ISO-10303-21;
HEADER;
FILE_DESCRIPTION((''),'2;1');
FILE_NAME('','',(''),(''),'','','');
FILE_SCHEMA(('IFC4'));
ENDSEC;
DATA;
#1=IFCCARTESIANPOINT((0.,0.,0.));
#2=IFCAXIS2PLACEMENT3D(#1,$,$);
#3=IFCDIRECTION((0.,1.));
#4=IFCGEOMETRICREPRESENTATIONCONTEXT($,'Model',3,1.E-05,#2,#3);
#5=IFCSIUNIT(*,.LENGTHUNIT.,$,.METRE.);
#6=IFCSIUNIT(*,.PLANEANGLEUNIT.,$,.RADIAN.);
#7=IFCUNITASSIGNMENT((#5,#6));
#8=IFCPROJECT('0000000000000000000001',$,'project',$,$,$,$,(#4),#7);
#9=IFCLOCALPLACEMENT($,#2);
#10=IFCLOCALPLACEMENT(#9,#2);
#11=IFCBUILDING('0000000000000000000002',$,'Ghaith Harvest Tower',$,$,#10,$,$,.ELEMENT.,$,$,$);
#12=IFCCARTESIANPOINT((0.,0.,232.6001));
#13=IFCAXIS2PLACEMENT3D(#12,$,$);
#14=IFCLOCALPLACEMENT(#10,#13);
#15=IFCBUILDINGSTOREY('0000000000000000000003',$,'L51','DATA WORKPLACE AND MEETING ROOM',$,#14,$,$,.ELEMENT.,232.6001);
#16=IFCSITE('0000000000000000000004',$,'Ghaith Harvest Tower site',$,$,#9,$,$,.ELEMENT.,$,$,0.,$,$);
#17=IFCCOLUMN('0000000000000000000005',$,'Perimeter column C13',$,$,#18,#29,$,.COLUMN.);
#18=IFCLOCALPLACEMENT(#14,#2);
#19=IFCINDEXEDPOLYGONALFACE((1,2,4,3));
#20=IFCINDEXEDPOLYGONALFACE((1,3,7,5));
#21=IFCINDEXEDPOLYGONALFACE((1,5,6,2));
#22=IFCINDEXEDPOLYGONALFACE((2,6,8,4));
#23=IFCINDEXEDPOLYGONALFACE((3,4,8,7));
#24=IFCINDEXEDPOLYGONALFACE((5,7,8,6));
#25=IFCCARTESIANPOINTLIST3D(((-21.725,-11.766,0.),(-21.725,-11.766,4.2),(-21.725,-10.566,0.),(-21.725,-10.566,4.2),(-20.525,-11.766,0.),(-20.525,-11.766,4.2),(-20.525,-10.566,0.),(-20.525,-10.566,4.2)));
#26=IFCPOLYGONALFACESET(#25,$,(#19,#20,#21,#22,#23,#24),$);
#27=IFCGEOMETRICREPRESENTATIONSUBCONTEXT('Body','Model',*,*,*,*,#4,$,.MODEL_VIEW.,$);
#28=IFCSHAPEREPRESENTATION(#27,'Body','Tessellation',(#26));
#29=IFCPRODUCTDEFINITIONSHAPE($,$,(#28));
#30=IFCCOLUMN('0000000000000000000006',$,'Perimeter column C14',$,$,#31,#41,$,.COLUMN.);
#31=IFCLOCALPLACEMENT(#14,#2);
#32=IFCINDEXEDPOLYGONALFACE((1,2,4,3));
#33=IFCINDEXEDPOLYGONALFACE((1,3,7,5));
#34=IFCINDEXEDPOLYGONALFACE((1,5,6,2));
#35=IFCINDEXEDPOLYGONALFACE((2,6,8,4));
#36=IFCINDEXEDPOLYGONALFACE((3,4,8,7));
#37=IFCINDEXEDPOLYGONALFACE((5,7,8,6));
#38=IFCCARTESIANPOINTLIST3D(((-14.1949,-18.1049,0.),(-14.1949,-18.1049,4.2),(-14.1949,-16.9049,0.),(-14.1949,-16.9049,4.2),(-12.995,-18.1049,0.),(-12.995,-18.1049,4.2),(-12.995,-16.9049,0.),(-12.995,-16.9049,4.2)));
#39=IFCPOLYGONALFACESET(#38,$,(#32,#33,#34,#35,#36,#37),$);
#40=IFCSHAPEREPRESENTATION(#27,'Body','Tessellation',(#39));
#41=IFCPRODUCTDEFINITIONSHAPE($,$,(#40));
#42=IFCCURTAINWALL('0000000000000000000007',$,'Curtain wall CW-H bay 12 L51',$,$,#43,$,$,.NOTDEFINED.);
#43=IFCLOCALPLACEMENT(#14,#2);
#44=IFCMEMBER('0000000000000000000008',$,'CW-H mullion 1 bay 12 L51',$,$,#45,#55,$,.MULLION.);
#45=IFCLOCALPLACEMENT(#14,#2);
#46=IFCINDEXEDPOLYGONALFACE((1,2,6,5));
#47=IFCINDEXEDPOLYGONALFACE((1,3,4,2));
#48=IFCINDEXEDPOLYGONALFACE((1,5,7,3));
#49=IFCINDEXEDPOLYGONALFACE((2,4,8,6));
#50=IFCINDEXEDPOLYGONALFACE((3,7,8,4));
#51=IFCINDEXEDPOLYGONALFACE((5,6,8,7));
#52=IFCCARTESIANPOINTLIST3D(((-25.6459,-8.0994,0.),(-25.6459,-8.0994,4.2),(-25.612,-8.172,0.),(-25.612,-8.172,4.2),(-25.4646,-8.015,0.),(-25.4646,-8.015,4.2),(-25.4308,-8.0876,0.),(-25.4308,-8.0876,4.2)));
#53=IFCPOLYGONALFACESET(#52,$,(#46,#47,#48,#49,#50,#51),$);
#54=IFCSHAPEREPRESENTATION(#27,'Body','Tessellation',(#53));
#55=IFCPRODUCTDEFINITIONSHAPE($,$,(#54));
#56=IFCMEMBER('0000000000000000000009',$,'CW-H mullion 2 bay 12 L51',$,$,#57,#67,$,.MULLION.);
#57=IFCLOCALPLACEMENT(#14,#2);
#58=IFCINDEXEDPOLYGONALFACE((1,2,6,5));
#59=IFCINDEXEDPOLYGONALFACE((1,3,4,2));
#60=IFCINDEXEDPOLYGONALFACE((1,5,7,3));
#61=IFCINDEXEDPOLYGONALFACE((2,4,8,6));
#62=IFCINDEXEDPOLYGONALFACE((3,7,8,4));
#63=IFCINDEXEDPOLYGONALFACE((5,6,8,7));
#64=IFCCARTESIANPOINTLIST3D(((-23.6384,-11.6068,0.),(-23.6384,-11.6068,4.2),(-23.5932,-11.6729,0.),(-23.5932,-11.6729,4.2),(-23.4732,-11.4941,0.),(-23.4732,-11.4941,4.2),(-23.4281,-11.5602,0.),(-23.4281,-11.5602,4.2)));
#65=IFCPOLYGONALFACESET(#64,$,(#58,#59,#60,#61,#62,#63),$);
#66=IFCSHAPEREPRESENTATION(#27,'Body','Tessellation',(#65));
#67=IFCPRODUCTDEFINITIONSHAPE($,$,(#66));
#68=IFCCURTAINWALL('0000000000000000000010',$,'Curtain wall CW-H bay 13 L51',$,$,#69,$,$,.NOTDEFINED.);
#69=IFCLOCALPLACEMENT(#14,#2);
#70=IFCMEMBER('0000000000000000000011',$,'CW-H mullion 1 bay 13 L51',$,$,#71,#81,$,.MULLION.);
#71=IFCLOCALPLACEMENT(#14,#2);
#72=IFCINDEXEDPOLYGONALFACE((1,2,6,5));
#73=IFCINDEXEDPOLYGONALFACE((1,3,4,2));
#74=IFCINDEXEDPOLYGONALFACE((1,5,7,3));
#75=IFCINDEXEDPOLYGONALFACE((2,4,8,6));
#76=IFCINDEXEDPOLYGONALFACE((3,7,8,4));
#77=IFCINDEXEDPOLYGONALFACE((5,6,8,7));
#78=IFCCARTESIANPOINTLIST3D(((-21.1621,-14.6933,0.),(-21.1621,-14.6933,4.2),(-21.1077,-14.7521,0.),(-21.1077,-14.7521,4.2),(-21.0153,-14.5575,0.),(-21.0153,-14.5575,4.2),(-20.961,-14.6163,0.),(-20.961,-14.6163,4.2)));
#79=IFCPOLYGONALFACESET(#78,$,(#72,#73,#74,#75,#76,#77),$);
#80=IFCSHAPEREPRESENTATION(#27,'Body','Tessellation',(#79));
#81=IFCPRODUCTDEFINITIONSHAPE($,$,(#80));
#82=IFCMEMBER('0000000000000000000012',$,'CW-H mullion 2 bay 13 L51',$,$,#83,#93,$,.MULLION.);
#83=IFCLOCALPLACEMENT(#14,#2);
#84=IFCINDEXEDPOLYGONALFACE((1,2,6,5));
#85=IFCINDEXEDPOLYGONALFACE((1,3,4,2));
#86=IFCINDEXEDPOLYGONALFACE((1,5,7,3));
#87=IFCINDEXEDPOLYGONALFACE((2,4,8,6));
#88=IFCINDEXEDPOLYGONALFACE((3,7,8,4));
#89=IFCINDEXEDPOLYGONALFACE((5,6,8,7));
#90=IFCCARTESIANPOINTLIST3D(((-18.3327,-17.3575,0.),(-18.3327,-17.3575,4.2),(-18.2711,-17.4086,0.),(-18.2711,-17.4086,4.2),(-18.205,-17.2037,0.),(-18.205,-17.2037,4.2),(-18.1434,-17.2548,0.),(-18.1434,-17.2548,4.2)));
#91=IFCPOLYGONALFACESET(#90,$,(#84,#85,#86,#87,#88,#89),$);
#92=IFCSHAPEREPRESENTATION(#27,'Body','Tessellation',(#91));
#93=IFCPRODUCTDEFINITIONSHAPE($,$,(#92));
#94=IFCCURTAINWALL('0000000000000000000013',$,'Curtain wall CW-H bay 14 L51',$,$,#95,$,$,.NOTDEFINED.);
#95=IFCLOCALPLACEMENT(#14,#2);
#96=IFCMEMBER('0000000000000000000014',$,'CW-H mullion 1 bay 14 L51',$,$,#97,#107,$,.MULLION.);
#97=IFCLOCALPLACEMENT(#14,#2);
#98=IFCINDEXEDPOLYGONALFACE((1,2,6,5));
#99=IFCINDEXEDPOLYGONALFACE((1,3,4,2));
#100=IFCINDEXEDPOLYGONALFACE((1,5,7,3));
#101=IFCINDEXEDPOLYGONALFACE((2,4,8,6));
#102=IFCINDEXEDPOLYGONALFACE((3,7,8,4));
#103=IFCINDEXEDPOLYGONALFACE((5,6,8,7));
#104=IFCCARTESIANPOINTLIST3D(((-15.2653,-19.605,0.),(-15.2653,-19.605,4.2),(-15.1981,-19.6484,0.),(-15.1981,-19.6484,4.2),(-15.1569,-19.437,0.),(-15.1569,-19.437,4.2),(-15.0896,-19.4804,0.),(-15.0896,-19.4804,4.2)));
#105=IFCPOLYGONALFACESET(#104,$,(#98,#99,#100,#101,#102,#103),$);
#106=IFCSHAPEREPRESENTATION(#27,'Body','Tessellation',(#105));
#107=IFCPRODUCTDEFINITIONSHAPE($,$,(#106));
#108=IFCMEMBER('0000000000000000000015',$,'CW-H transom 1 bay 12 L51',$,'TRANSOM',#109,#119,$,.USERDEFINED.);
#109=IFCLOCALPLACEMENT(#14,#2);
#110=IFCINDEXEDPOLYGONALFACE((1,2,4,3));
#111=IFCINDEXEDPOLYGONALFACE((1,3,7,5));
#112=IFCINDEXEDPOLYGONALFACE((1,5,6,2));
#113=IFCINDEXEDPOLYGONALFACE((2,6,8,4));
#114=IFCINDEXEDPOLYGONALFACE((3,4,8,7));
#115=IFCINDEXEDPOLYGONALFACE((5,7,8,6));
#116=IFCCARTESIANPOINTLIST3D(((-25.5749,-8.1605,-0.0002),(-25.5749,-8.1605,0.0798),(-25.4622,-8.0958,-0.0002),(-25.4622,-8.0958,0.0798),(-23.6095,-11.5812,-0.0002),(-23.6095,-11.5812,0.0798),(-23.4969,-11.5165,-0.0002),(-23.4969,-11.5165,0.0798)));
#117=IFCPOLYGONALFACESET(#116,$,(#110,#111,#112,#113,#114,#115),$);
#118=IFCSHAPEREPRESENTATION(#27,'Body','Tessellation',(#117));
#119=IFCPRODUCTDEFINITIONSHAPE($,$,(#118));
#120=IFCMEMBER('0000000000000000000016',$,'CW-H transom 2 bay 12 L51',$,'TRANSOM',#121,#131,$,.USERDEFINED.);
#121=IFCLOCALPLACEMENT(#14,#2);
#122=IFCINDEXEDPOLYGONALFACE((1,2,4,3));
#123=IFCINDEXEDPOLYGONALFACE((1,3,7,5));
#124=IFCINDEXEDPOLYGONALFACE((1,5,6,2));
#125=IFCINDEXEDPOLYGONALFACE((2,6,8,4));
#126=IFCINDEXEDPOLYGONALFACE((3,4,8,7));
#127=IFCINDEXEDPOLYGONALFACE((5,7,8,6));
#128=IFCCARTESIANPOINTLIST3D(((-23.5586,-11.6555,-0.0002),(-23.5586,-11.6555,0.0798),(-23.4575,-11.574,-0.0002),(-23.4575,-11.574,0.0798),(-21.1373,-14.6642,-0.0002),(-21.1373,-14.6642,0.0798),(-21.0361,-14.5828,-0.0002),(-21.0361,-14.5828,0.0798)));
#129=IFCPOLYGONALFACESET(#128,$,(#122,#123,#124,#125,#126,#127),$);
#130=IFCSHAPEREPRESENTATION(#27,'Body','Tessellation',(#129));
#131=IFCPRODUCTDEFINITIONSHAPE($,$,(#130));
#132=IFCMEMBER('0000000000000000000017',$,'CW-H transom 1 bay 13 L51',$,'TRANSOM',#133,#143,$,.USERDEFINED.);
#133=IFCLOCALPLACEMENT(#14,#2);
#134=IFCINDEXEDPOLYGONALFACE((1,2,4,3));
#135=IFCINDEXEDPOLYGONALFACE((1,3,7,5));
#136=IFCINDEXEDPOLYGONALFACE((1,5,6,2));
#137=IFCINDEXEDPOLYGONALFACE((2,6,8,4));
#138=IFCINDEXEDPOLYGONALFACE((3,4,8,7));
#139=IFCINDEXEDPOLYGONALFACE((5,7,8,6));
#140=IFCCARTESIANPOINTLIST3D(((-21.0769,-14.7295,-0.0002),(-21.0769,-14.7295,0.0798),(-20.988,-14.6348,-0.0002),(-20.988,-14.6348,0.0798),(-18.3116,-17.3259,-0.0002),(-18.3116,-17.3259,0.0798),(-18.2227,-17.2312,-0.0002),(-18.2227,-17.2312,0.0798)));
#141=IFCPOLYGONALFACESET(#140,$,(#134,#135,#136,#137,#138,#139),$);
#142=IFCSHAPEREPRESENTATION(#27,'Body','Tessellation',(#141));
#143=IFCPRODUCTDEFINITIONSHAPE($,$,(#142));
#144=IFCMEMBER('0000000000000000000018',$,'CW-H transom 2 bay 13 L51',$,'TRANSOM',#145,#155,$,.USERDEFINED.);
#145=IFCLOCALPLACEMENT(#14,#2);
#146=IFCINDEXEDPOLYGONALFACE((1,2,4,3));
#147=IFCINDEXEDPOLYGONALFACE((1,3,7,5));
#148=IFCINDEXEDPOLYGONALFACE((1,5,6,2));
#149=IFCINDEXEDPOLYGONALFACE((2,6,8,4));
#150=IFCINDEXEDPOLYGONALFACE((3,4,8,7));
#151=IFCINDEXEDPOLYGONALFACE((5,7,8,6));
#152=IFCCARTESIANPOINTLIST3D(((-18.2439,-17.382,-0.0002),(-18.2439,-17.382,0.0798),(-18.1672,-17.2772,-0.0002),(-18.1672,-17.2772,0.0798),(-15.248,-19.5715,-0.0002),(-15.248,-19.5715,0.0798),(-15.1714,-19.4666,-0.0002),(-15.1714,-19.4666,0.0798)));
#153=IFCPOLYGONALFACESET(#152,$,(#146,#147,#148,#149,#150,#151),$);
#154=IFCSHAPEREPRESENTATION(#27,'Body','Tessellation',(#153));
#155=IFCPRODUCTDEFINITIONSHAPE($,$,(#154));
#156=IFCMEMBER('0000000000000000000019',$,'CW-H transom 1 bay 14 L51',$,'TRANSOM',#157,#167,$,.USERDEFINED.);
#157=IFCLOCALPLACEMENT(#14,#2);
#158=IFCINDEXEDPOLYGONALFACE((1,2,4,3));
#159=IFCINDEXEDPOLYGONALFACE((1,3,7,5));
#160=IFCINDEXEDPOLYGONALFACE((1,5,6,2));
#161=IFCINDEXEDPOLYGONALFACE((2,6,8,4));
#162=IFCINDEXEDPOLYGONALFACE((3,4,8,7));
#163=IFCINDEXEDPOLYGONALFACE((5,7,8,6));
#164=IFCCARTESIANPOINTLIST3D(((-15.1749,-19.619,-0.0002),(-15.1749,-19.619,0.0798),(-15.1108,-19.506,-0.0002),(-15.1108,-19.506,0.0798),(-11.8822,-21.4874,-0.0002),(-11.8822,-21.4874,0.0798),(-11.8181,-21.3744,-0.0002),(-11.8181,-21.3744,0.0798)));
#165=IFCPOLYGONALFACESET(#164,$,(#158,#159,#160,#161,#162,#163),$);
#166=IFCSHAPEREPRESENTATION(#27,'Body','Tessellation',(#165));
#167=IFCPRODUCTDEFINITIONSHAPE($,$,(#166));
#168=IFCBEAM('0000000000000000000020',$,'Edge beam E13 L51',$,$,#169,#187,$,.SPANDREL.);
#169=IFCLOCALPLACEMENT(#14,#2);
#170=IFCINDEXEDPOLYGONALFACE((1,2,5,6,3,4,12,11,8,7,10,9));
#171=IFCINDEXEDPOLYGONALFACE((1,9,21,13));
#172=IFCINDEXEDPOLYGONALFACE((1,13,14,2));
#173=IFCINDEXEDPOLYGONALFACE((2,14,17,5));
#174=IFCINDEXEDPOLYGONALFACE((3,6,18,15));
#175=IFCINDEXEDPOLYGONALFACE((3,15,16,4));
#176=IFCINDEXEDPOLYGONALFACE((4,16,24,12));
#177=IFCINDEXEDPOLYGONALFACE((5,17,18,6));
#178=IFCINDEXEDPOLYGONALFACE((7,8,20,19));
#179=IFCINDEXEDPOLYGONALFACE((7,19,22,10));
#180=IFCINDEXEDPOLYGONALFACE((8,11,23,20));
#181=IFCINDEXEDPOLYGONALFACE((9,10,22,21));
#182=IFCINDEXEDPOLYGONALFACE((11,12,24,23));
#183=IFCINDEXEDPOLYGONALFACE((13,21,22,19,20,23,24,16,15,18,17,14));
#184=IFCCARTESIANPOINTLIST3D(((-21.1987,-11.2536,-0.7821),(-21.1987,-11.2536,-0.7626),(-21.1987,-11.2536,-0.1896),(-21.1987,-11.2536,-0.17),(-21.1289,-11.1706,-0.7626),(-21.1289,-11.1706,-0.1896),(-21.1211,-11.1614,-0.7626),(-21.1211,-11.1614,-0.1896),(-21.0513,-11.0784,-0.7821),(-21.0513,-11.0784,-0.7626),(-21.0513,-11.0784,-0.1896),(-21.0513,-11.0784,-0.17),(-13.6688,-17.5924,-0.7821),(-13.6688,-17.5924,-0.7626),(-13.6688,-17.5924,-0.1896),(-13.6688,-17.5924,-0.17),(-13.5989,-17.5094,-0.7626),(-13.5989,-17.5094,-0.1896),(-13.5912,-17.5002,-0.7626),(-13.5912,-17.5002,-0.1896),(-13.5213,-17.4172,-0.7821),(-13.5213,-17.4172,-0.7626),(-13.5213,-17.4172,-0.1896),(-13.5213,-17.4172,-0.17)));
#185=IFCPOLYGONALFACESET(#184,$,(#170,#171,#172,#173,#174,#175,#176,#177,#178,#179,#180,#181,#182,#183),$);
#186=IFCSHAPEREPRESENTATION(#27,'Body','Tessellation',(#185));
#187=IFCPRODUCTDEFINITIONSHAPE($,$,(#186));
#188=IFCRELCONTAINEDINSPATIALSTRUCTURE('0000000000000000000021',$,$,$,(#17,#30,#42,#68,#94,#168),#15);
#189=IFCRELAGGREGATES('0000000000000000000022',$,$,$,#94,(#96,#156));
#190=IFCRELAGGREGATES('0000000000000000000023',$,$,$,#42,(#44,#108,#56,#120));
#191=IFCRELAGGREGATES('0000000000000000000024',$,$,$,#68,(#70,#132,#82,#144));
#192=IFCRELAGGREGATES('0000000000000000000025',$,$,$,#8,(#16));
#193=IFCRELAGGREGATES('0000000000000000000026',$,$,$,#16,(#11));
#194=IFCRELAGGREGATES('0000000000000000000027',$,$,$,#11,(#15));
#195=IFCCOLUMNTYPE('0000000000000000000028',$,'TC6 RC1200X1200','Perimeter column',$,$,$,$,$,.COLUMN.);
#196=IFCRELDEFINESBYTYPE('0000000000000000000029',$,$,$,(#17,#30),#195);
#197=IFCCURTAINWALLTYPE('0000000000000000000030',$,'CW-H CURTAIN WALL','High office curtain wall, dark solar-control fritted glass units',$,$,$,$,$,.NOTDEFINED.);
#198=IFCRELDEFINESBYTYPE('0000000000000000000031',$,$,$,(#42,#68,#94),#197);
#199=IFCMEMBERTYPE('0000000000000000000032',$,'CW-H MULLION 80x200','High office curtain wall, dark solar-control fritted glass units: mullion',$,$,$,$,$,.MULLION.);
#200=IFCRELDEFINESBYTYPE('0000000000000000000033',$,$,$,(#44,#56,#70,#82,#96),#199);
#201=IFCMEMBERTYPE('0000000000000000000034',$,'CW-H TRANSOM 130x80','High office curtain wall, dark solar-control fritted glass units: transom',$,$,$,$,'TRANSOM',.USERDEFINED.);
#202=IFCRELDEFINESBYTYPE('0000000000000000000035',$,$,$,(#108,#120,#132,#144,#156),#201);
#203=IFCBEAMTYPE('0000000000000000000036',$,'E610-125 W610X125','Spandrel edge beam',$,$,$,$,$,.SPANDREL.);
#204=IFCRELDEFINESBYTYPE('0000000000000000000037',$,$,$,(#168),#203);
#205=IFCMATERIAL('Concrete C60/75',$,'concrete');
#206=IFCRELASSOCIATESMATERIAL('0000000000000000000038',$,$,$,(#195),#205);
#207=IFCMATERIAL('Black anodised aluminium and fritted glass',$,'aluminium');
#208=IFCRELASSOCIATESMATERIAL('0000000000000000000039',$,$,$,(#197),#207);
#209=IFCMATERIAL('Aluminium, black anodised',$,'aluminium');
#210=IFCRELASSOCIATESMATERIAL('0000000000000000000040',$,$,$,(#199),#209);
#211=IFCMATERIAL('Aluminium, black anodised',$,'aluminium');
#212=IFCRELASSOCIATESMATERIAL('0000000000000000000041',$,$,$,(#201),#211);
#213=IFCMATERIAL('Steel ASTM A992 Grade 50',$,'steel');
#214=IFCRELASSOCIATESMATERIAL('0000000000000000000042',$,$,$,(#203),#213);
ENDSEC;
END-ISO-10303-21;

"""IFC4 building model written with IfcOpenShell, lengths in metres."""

from ifc_helpers import new_model, si_unit, direction, frame, origin, origin_2d, place, context, subcontext, project, spatial, rectangle, i_section, extrude, material, material_profile, profile_set, type_object, element, aggregate, save


model = new_model("IFC4")

# Units and contexts
model_context = context("Model", 3, precision=1e-05, world=origin(), true_north=direction((0.0, 1.0)))
body_context = subcontext(model_context, "Body", "Model", "MODEL_VIEW")
ifc_project = project(units=[si_unit("LENGTHUNIT", "METRE"), si_unit("PLANEANGLEUNIT", "RADIAN")], contexts=[model_context])

# Site, building, storey
site_placement = place(None, origin())
site = spatial("IfcSite", under=ifc_project, at=site_placement, Name="Ghaith Harvest Tower site", CompositionType="ELEMENT", RefElevation=0.0)
building_placement = place(site_placement, origin())
building = spatial("IfcBuilding", under=site, at=building_placement, Name="Ghaith Harvest Tower", CompositionType="ELEMENT")
storey_placement = place(building_placement, frame((0.0, 0.0, 232.6001)))
storey = spatial("IfcBuildingStorey", under=building, at=storey_placement, Name="L51", Description="DATA WORKPLACE AND MEETING ROOM", CompositionType="ELEMENT", Elevation=232.6001)

# Columns
ifc_material_1 = material(Name="Concrete C60/75", Category="concrete")
ifc_material_profile_1 = material_profile(ifc_material_1, rectangle(XDim=1.2, YDim=1.2, at=origin_2d()), Name="RC1200X1200")
ifc_profile_set_1 = profile_set([ifc_material_profile_1], Name="Concrete C60/75")
column_type = type_object("IfcColumnType", Name="TC6 RC1200X1200", Description="Perimeter column", PredefinedType="COLUMN", material=ifc_profile_set_1)
for number, where, z_axis, x_axis, name in (
    (1, (-21.125, -11.166, 0.0), (0.0, 0.0, 1.0), (1.0, 0.0, 0.0), "Perimeter column C13"),
    (2, (-13.595, -17.5049, 0.0), (0.0, 0.0, 1.0), (1.0, 0.0, 0.0), "Perimeter column C14"),
):
    element("IfcColumn", number, at=place(storey_placement, frame(where, z_axis=z_axis, x_axis=x_axis)), inside=storey, type_object=column_type, Name=name, PredefinedType="COLUMN", context=body_context, shape_type="SweptSolid", body=[
        extrude(rectangle(XDim=1.2, YDim=1.2, at=origin_2d()), origin(), (0.0, 0.0, 1.0), 4.2),
    ])

# Curtain walls, members
ifc_material_2 = material(Name="Black anodised aluminium and fritted glass", Category="aluminium")
curtain_wall_type = type_object("IfcCurtainWallType", Name="CW-H CURTAIN WALL", Description="High office curtain wall, dark solar-control fritted glass units", PredefinedType="NOTDEFINED", material=ifc_material_2)
curtain_wall_1_placement = place(storey_placement, origin())
curtain_wall_1 = element("IfcCurtainWall", 3, at=curtain_wall_1_placement, inside=storey, type_object=curtain_wall_type, Name="Curtain wall CW-H bay 12 L51", PredefinedType="NOTDEFINED")
ifc_material_3 = material(Name="Aluminium, black anodised", Category="aluminium")
ifc_material_profile_2 = material_profile(ifc_material_3, rectangle(XDim=0.0801, YDim=0.2, at=origin_2d()), Name="CW-H MULLION 80x200")
ifc_profile_set_2 = profile_set([ifc_material_profile_2], Name="Aluminium, black anodised")
member_type_1 = type_object("IfcMemberType", Name="CW-H MULLION 80x200", Description="High office curtain wall, dark solar-control fritted glass units: mullion", PredefinedType="MULLION", material=ifc_profile_set_2)
member_1_placement = place(storey_placement, frame((-25.5383, -8.0935, 0.0), z_axis=(0.0, 0.0, 1.0), x_axis=(0.422309, -0.906452, 0.0)))
member_1 = element("IfcMember", 4, at=member_1_placement, type_object=member_type_1, Name="CW-H mullion 1 bay 12 L51", PredefinedType="MULLION", context=body_context, shape_type="SweptSolid", body=[
    extrude(rectangle(XDim=0.0801, YDim=0.2, at=origin_2d()), origin(), (0.0, 0.0, 1.0), 4.2),
])
member_2_placement = place(storey_placement, frame((-23.5332, -11.5835, 0.0), z_axis=(0.0, 0.0, 1.0), x_axis=(0.563617, -0.826037, 0.0)))
member_2 = element("IfcMember", 5, at=member_2_placement, type_object=member_type_1, Name="CW-H mullion 2 bay 12 L51", PredefinedType="MULLION", context=body_context, shape_type="SweptSolid", body=[
    extrude(rectangle(XDim=0.0801, YDim=0.2, at=origin_2d()), origin(), (0.0, 0.0, 1.0), 4.2),
])
curtain_wall_2_placement = place(storey_placement, origin())
curtain_wall_2 = element("IfcCurtainWall", 6, at=curtain_wall_2_placement, inside=storey, type_object=curtain_wall_type, Name="Curtain wall CW-H bay 13 L51", PredefinedType="NOTDEFINED")
member_3_placement = place(storey_placement, frame((-21.0615, -14.6548, 0.0), z_axis=(0.0, 0.0, 1.0), x_axis=(0.679182, -0.73397, 0.0)))
member_3 = element("IfcMember", 7, at=member_3_placement, type_object=member_type_1, Name="CW-H mullion 1 bay 13 L51", PredefinedType="MULLION", context=body_context, shape_type="SweptSolid", body=[
    extrude(rectangle(XDim=0.0801, YDim=0.2, at=origin_2d()), origin(), (0.0, 0.0, 1.0), 4.2),
])
member_4_placement = place(storey_placement, frame((-18.238, -17.3062, 0.0), z_axis=(0.0, 0.0, 1.0), x_axis=(0.769217, -0.638988, 0.0)))
member_4 = element("IfcMember", 8, at=member_4_placement, type_object=member_type_1, Name="CW-H mullion 2 bay 13 L51", PredefinedType="MULLION", context=body_context, shape_type="SweptSolid", body=[
    extrude(rectangle(XDim=0.0801, YDim=0.2, at=origin_2d()), origin(), (0.0, 0.0, 1.0), 4.2),
])

# Curtain wall, member
curtain_wall_3_placement = place(storey_placement, origin())
curtain_wall_3 = element("IfcCurtainWall", 9, at=curtain_wall_3_placement, inside=storey, type_object=curtain_wall_type, Name="Curtain wall CW-H bay 14 L51", PredefinedType="NOTDEFINED")
member_5_placement = place(storey_placement, frame((-15.1775, -19.5427, 0.0), z_axis=(0.0, 0.0, 1.0), x_axis=(0.840234, -0.542225, 0.0)))
member_5 = element("IfcMember", 10, at=member_5_placement, type_object=member_type_1, Name="CW-H mullion 1 bay 14 L51", PredefinedType="MULLION", context=body_context, shape_type="SweptSolid", body=[
    extrude(rectangle(XDim=0.0801, YDim=0.2, at=origin_2d()), origin(), (0.0, 0.0, 1.0), 4.2),
])

# Members
ifc_material_4 = material(Name="Aluminium, black anodised", Category="aluminium")
ifc_material_profile_3 = material_profile(ifc_material_4, rectangle(XDim=0.1299, YDim=0.0801, at=origin_2d()), Name="CW-H TRANSOM 130x80")
ifc_profile_set_3 = profile_set([ifc_material_profile_3], Name="Aluminium, black anodised")
member_type_2 = type_object("IfcMemberType", Name="CW-H TRANSOM 130x80", Description="High office curtain wall, dark solar-control fritted glass units: transom", ElementType="TRANSOM", PredefinedType="USERDEFINED", material=ifc_profile_set_3)
member_6_placement = place(storey_placement, frame((-25.5186, -8.1282, 0.0398), z_axis=(0.498177, -0.867075, 0.0), x_axis=(0.867075, 0.498177, 0.0)))
member_6 = element("IfcMember", 11, at=member_6_placement, type_object=member_type_2, Name="CW-H transom 1 bay 12 L51", ObjectType="TRANSOM", PredefinedType="USERDEFINED", context=body_context, shape_type="SweptSolid", body=[
    extrude(rectangle(XDim=0.1299, YDim=0.0801, at=origin_2d()), origin(), (0.0, 0.0, 1.0), 3.9451),
])
member_7_placement = place(storey_placement, frame((-23.5081, -11.6147, 0.0398), z_axis=(0.626959, -0.779052, 0.0), x_axis=(0.779052, 0.626959, 0.0)))
member_7 = element("IfcMember", 12, at=member_7_placement, type_object=member_type_2, Name="CW-H transom 2 bay 12 L51", ObjectType="TRANSOM", PredefinedType="USERDEFINED", context=body_context, shape_type="SweptSolid", body=[
    extrude(rectangle(XDim=0.1299, YDim=0.0801, at=origin_2d()), origin(), (0.0, 0.0, 1.0), 3.8621),
])
member_8_placement = place(storey_placement, frame((-21.0325, -14.6821, 0.0398), z_axis=(0.729025, -0.684487, 0.0), x_axis=(0.684487, 0.729025, 0.0)))
member_8 = element("IfcMember", 13, at=member_8_placement, type_object=member_type_2, Name="CW-H transom 1 bay 13 L51", ObjectType="TRANSOM", PredefinedType="USERDEFINED", context=body_context, shape_type="SweptSolid", body=[
    extrude(rectangle(XDim=0.1299, YDim=0.0801, at=origin_2d()), origin(), (0.0, 0.0, 1.0), 3.7932),
])
member_9_placement = place(storey_placement, frame((-18.2056, -17.3296, 0.0398), z_axis=(0.807368, -0.590048, 0.0), x_axis=(0.590048, 0.807368, 0.0)))
member_9 = element("IfcMember", 14, at=member_9_placement, type_object=member_type_2, Name="CW-H transom 2 bay 13 L51", ObjectType="TRANSOM", PredefinedType="USERDEFINED", context=body_context, shape_type="SweptSolid", body=[
    extrude(rectangle(XDim=0.1299, YDim=0.0801, at=origin_2d()), origin(), (0.0, 0.0, 1.0), 3.7107),
])
member_10_placement = place(storey_placement, frame((-15.1428, -19.5625, 0.0398), z_axis=(0.869735, -0.493519, 0.0), x_axis=(0.493519, 0.869735, 0.0)))
member_10 = element("IfcMember", 15, at=member_10_placement, type_object=member_type_2, Name="CW-H transom 1 bay 14 L51", ObjectType="TRANSOM", PredefinedType="USERDEFINED", context=body_context, shape_type="SweptSolid", body=[
    extrude(rectangle(XDim=0.1299, YDim=0.0801, at=origin_2d()), origin(), (0.0, 0.0, 1.0), 3.7859),
])
aggregate(curtain_wall_3, [member_5, member_10])

# Beam
ifc_material_5 = material(Name="Steel ASTM A992 Grade 50", Category="steel")
ifc_material_profile_4 = material_profile(ifc_material_5, i_section(OverallWidth=0.229, OverallDepth=0.6121, WebThickness=0.012, FlangeThickness=0.0195, at=origin_2d()), Name="W610X125")
ifc_profile_set_4 = profile_set([ifc_material_profile_4], Name="Steel ASTM A992 Grade 50")
beam_type_1 = type_object("IfcBeamType", Name="E610-125 W610X125", Description="Spandrel edge beam", PredefinedType="SPANDREL", material=ifc_profile_set_4)
beam_1_placement = place(storey_placement, frame((-21.125, -11.166, -0.4761), z_axis=(0.765022, -0.644004, 0.0), x_axis=(0.644004, 0.765022, 0.0)))
element("IfcBeam", 16, at=beam_1_placement, inside=storey, type_object=beam_type_1, Name="Edge beam E13 L51", PredefinedType="SPANDREL", context=body_context, shape_type="SweptSolid", body=[
    extrude(i_section(OverallWidth=0.229, OverallDepth=0.6121, WebThickness=0.012, FlangeThickness=0.0195, at=origin_2d()), origin(), (0.0, 0.0, 1.0), 9.8428),
])

aggregate(curtain_wall_1, [member_1, member_6, member_2, member_7])
aggregate(curtain_wall_2, [member_3, member_8, member_4, member_9])

save(model, "model.ifc")
